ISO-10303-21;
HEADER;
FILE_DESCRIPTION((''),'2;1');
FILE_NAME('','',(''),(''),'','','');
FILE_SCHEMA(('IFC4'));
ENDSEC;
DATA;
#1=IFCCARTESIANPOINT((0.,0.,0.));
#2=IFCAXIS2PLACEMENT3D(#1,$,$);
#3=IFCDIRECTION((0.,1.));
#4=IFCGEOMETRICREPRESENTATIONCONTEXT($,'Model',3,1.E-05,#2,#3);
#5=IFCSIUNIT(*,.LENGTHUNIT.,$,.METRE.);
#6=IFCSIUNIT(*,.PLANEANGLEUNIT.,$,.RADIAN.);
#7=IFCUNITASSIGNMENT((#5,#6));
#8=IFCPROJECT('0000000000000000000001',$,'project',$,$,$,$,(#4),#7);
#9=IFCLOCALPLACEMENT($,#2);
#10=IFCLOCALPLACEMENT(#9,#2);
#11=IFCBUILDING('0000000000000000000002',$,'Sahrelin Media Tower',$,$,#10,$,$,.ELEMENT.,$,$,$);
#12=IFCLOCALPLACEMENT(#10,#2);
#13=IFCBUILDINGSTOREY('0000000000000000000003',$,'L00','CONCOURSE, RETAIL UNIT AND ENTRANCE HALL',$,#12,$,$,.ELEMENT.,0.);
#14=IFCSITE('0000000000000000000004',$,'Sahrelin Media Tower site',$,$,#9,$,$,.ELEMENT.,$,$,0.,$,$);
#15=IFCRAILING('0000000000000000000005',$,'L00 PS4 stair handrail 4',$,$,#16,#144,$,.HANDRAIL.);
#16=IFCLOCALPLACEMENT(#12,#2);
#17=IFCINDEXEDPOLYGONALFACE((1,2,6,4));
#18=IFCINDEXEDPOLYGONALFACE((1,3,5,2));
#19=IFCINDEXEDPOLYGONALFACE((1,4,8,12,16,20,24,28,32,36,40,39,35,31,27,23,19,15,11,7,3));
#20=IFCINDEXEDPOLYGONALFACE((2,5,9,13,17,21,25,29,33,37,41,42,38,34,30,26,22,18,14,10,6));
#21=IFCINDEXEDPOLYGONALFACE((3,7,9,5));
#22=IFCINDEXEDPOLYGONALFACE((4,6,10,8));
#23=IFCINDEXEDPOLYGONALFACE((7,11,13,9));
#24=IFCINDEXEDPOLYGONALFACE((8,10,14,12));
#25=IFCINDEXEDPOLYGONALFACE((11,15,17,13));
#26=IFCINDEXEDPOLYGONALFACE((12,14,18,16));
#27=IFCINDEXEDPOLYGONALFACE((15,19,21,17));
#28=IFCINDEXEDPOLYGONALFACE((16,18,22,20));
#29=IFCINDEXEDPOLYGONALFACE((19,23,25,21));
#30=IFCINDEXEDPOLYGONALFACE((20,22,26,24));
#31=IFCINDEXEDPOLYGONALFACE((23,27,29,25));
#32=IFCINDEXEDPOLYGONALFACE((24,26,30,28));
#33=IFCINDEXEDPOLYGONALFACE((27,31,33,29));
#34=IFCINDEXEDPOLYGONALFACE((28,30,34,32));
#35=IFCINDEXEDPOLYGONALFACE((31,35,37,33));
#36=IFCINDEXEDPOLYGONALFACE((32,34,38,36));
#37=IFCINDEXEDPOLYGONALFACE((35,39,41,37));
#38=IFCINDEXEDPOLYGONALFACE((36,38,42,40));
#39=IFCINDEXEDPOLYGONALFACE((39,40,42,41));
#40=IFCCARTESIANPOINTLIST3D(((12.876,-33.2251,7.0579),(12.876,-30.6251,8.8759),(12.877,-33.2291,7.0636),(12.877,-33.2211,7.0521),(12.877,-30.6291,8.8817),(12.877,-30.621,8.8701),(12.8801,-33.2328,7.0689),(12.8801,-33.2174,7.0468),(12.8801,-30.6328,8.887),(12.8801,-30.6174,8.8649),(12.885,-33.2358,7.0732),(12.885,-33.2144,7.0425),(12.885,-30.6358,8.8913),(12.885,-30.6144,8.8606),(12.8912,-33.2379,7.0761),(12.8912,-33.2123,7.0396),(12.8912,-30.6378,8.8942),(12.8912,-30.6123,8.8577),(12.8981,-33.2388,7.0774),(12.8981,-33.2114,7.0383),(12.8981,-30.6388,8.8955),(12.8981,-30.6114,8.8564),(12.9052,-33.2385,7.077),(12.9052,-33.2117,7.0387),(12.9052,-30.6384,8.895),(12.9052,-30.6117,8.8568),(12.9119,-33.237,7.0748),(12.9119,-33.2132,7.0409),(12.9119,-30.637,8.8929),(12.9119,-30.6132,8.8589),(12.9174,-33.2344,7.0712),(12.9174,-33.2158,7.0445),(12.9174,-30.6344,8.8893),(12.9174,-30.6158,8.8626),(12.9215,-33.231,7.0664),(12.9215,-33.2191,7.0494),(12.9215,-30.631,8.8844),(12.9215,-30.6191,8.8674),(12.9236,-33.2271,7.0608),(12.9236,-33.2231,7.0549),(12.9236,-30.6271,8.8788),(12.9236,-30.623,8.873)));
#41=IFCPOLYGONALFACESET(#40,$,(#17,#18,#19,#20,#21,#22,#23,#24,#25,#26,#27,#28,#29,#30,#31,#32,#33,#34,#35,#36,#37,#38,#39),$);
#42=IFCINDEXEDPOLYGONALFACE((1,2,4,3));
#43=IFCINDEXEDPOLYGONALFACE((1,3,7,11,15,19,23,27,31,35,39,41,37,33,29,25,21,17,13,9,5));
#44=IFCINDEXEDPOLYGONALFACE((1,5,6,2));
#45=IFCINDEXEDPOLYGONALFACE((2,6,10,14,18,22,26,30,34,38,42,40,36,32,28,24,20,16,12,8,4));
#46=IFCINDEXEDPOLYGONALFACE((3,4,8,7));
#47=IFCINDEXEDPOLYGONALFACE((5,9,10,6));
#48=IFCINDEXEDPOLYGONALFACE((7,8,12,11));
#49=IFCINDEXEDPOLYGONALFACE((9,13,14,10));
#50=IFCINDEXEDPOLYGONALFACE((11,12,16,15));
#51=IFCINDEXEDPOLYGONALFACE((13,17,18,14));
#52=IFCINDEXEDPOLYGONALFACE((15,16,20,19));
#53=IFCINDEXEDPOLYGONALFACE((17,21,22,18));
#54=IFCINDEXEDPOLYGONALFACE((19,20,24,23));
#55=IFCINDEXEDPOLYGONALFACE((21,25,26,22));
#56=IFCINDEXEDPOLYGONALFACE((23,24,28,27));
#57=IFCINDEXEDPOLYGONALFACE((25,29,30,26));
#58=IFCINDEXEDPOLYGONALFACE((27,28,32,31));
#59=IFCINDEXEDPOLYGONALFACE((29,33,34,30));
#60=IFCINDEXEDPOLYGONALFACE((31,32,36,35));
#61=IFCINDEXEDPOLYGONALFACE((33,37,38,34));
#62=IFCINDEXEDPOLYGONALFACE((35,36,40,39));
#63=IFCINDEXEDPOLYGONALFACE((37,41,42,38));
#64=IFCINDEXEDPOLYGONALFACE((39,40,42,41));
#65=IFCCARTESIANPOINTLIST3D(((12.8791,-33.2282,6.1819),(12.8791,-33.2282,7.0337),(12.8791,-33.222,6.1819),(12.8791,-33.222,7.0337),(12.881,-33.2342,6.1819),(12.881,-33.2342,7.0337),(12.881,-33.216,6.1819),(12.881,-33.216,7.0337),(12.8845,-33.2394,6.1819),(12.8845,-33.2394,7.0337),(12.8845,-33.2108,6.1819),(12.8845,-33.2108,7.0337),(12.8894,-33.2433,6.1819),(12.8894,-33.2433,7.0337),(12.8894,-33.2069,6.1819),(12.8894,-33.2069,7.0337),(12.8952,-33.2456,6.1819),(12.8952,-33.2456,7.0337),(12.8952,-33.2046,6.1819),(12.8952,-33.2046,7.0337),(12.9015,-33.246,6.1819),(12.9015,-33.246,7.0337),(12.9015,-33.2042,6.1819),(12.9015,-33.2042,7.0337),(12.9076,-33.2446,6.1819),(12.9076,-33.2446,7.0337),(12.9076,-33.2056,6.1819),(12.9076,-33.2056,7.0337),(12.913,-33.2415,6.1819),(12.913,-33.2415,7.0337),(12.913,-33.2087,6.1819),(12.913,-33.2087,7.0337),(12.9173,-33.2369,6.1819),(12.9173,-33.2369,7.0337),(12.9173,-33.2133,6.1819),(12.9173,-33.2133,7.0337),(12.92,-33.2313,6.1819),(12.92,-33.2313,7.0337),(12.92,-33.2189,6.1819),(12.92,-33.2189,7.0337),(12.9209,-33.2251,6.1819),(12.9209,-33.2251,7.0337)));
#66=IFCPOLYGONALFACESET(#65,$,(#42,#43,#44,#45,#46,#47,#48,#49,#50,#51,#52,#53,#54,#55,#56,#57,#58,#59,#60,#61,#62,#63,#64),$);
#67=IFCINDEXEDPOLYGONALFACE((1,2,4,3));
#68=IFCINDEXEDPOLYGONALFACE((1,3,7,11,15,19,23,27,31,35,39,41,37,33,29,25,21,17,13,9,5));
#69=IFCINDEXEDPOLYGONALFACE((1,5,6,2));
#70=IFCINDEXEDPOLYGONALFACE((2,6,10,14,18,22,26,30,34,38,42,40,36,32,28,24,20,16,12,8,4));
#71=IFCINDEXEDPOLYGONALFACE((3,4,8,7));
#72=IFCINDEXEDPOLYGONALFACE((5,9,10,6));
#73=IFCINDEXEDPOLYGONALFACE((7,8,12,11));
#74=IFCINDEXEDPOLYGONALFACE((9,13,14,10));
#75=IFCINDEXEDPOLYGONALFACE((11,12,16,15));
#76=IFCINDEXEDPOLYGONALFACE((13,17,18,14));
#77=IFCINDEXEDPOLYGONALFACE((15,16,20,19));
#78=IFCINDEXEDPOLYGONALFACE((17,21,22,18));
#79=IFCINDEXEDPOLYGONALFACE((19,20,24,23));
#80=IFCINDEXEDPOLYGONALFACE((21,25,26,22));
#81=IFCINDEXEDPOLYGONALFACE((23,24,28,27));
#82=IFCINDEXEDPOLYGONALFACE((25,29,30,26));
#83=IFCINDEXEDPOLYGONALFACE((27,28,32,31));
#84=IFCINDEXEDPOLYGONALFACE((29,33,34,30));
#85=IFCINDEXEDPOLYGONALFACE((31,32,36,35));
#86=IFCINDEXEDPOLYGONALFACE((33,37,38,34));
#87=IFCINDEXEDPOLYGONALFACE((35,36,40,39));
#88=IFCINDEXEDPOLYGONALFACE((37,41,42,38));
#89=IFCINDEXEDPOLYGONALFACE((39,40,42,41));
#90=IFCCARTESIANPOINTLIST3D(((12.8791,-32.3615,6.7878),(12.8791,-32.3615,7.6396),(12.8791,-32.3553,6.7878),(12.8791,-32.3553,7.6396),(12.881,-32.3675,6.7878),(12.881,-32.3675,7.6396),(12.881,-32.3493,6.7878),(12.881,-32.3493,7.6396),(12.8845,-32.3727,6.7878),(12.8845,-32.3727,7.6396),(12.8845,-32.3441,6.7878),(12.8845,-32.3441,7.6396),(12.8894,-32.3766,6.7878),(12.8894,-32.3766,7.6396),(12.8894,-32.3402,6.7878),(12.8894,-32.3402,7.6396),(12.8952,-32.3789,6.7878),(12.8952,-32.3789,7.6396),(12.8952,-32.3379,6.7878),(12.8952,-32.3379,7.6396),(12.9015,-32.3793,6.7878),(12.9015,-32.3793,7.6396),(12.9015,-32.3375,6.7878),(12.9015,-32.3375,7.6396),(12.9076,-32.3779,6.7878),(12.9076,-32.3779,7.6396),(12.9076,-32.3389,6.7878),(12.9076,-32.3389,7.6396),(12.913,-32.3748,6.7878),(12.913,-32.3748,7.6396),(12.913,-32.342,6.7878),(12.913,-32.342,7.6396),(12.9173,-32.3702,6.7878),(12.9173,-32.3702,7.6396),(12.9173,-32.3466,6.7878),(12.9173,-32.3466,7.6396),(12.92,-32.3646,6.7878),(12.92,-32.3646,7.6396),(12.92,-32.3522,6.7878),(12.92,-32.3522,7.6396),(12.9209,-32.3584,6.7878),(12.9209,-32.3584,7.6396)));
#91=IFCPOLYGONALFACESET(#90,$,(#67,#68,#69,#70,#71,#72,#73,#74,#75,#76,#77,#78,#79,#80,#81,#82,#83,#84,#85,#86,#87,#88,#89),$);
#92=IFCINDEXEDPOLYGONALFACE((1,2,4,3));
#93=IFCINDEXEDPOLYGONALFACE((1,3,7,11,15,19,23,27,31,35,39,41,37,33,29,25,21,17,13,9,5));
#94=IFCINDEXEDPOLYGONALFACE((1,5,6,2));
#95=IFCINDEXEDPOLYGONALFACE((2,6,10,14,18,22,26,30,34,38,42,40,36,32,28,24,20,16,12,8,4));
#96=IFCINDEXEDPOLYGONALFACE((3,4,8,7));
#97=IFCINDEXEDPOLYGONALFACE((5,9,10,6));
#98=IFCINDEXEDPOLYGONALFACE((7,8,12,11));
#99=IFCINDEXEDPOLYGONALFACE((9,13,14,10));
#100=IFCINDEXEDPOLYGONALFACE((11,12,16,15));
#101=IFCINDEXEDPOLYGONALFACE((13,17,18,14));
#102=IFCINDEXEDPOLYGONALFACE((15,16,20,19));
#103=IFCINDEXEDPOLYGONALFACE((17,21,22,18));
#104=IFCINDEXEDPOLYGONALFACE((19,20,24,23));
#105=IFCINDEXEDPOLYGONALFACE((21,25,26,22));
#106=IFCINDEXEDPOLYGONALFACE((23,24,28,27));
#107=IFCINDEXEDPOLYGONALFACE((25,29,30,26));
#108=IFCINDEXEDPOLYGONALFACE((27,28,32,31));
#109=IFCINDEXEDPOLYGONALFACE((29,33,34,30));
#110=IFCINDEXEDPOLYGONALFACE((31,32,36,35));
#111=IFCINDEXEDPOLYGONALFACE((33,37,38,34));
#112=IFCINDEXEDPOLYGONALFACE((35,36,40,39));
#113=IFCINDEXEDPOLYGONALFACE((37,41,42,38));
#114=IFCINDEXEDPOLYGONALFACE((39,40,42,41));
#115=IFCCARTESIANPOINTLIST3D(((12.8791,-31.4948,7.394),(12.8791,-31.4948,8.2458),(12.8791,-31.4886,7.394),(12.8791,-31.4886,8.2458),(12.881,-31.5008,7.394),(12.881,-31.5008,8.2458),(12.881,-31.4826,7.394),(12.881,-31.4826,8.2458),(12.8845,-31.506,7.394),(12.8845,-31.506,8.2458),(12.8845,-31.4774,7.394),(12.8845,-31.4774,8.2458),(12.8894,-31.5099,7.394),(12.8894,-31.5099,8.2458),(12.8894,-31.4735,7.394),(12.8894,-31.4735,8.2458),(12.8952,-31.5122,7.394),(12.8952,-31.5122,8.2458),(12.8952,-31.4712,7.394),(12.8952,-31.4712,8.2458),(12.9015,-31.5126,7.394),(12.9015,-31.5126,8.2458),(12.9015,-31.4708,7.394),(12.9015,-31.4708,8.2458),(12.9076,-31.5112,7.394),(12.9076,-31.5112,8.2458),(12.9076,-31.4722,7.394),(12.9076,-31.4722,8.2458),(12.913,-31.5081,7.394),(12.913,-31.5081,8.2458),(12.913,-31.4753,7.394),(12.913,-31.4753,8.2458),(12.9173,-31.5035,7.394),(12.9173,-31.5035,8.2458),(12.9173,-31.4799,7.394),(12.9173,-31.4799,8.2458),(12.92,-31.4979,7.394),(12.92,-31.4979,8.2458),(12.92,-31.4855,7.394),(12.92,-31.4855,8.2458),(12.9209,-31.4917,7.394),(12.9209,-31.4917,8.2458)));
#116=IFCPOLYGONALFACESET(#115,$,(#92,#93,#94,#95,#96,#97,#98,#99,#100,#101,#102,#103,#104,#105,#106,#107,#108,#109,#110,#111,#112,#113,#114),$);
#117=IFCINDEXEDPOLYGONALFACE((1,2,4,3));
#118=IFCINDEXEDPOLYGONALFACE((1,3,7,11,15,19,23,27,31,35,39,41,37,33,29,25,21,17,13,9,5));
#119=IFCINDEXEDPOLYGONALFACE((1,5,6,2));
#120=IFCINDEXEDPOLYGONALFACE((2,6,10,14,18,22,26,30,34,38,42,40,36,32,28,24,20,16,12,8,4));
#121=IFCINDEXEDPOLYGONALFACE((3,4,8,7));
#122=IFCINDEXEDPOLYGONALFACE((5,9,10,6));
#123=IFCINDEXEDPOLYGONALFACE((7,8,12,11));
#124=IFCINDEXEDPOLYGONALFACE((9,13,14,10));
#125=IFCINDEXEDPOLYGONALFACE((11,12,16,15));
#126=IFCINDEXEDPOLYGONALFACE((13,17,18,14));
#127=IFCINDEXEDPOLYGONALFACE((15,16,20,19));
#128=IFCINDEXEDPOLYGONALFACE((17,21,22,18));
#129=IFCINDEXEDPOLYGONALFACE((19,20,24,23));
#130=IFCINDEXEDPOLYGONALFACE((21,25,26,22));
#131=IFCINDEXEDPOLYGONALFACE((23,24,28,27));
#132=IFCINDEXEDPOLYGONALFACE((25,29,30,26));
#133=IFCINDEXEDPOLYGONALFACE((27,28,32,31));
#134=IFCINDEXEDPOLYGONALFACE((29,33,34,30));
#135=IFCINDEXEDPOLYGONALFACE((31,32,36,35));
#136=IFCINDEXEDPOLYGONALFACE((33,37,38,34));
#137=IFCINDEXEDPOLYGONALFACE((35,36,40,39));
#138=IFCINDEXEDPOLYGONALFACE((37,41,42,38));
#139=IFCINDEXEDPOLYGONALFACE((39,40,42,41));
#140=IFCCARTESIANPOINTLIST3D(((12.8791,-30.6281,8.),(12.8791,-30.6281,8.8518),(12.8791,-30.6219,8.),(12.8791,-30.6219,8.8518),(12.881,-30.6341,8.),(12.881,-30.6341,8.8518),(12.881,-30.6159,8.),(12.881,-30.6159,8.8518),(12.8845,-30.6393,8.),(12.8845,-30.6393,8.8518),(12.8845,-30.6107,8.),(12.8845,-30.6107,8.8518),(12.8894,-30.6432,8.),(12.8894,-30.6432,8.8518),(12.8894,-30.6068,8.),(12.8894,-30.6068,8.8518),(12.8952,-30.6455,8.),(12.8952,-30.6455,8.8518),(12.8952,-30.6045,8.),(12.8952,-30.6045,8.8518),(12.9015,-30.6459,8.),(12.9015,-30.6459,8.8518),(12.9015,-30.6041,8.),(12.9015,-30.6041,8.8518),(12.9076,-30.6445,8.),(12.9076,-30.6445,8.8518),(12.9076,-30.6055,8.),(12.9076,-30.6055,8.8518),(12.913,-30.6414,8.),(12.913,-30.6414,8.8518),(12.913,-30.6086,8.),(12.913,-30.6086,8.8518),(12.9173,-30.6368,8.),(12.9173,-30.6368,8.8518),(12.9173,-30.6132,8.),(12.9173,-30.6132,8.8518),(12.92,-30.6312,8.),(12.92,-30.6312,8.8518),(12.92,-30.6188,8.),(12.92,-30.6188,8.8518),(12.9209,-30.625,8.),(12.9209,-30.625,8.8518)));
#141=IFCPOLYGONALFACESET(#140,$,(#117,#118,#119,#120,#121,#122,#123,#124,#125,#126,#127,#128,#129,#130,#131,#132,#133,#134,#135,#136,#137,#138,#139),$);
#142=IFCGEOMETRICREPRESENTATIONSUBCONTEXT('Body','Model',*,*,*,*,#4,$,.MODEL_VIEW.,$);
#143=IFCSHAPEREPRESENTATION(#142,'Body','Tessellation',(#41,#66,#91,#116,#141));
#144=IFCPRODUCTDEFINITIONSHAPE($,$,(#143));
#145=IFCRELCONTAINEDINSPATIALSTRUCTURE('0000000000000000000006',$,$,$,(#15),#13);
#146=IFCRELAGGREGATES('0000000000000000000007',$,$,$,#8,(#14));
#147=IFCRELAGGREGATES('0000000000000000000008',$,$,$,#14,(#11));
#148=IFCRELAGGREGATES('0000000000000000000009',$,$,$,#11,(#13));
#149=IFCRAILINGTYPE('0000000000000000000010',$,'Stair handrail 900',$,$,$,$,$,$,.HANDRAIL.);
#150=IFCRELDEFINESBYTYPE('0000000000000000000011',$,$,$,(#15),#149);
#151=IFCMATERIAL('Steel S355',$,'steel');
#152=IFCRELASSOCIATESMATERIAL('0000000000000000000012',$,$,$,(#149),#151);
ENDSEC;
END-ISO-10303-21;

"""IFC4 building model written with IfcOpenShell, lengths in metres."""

from ifc_helpers import new_model, si_unit, direction, frame, origin, origin_2d, place, context, subcontext, project, spatial, circle, extrude, material, type_object, element, save


model = new_model("IFC4")

# Units and contexts
model_context = context("Model", 3, precision=1e-05, world=origin(), true_north=direction((0.0, 1.0)))
body_context = subcontext(model_context, "Body", "Model", "MODEL_VIEW")
ifc_project = project(units=[si_unit("LENGTHUNIT", "METRE"), si_unit("PLANEANGLEUNIT", "RADIAN")], contexts=[model_context])

# Site, building, storey
site_placement = place(None, origin())
site = spatial("IfcSite", under=ifc_project, at=site_placement, Name="Sahrelin Media Tower site", CompositionType="ELEMENT", RefElevation=0.0)
building_placement = place(site_placement, origin())
building = spatial("IfcBuilding", under=site, at=building_placement, Name="Sahrelin Media Tower", CompositionType="ELEMENT")
storey_placement = place(building_placement, origin())
storey = spatial("IfcBuildingStorey", under=building, at=storey_placement, Name="L00", Description="CONCOURSE, RETAIL UNIT AND ENTRANCE HALL", CompositionType="ELEMENT", Elevation=0.0)

# Shared definitions
ifc_material_1 = material(Name="Steel S355", Category="steel")

# Railing
railing_type_1 = type_object("IfcRailingType", Name="Stair handrail 900", PredefinedType="HANDRAIL", material=ifc_material_1)
for number, where, name in (
    (1, (12.8999, -33.2251, 6.1819), "L00 PS4 stair handrail 4"),
):
    element("IfcRailing", number, at=place(storey_placement, frame(where)), inside=storey, type_object=railing_type_1, Name=name, PredefinedType="HANDRAIL", context=body_context, shape_type="SweptSolid", body=[
        extrude(circle(Radius=0.0239, at=origin_2d()), frame((0.0, 0.0, 0.876), z_axis=(0.0, 0.819521, 0.573049), x_axis=(-1.0, 0.0, 0.0)), (0.0, 0.0, 1.0), 3.1726),
        extrude(circle(Radius=0.021, at=origin_2d()), origin(), (0.0, 0.0, 1.0), 0.8518),
        extrude(circle(Radius=0.021, at=origin_2d()), frame((0.0, 0.8667, 0.606)), (0.0, 0.0, 1.0), 0.8518),
        extrude(circle(Radius=0.021, at=origin_2d()), frame((0.0, 1.7334, 1.2122)), (0.0, 0.0, 1.0), 0.8518),
        extrude(circle(Radius=0.021, at=origin_2d()), frame((0.0, 2.6001, 1.8181)), (0.0, 0.0, 1.0), 0.8518),
    ])

save(model, "model.ifc")
